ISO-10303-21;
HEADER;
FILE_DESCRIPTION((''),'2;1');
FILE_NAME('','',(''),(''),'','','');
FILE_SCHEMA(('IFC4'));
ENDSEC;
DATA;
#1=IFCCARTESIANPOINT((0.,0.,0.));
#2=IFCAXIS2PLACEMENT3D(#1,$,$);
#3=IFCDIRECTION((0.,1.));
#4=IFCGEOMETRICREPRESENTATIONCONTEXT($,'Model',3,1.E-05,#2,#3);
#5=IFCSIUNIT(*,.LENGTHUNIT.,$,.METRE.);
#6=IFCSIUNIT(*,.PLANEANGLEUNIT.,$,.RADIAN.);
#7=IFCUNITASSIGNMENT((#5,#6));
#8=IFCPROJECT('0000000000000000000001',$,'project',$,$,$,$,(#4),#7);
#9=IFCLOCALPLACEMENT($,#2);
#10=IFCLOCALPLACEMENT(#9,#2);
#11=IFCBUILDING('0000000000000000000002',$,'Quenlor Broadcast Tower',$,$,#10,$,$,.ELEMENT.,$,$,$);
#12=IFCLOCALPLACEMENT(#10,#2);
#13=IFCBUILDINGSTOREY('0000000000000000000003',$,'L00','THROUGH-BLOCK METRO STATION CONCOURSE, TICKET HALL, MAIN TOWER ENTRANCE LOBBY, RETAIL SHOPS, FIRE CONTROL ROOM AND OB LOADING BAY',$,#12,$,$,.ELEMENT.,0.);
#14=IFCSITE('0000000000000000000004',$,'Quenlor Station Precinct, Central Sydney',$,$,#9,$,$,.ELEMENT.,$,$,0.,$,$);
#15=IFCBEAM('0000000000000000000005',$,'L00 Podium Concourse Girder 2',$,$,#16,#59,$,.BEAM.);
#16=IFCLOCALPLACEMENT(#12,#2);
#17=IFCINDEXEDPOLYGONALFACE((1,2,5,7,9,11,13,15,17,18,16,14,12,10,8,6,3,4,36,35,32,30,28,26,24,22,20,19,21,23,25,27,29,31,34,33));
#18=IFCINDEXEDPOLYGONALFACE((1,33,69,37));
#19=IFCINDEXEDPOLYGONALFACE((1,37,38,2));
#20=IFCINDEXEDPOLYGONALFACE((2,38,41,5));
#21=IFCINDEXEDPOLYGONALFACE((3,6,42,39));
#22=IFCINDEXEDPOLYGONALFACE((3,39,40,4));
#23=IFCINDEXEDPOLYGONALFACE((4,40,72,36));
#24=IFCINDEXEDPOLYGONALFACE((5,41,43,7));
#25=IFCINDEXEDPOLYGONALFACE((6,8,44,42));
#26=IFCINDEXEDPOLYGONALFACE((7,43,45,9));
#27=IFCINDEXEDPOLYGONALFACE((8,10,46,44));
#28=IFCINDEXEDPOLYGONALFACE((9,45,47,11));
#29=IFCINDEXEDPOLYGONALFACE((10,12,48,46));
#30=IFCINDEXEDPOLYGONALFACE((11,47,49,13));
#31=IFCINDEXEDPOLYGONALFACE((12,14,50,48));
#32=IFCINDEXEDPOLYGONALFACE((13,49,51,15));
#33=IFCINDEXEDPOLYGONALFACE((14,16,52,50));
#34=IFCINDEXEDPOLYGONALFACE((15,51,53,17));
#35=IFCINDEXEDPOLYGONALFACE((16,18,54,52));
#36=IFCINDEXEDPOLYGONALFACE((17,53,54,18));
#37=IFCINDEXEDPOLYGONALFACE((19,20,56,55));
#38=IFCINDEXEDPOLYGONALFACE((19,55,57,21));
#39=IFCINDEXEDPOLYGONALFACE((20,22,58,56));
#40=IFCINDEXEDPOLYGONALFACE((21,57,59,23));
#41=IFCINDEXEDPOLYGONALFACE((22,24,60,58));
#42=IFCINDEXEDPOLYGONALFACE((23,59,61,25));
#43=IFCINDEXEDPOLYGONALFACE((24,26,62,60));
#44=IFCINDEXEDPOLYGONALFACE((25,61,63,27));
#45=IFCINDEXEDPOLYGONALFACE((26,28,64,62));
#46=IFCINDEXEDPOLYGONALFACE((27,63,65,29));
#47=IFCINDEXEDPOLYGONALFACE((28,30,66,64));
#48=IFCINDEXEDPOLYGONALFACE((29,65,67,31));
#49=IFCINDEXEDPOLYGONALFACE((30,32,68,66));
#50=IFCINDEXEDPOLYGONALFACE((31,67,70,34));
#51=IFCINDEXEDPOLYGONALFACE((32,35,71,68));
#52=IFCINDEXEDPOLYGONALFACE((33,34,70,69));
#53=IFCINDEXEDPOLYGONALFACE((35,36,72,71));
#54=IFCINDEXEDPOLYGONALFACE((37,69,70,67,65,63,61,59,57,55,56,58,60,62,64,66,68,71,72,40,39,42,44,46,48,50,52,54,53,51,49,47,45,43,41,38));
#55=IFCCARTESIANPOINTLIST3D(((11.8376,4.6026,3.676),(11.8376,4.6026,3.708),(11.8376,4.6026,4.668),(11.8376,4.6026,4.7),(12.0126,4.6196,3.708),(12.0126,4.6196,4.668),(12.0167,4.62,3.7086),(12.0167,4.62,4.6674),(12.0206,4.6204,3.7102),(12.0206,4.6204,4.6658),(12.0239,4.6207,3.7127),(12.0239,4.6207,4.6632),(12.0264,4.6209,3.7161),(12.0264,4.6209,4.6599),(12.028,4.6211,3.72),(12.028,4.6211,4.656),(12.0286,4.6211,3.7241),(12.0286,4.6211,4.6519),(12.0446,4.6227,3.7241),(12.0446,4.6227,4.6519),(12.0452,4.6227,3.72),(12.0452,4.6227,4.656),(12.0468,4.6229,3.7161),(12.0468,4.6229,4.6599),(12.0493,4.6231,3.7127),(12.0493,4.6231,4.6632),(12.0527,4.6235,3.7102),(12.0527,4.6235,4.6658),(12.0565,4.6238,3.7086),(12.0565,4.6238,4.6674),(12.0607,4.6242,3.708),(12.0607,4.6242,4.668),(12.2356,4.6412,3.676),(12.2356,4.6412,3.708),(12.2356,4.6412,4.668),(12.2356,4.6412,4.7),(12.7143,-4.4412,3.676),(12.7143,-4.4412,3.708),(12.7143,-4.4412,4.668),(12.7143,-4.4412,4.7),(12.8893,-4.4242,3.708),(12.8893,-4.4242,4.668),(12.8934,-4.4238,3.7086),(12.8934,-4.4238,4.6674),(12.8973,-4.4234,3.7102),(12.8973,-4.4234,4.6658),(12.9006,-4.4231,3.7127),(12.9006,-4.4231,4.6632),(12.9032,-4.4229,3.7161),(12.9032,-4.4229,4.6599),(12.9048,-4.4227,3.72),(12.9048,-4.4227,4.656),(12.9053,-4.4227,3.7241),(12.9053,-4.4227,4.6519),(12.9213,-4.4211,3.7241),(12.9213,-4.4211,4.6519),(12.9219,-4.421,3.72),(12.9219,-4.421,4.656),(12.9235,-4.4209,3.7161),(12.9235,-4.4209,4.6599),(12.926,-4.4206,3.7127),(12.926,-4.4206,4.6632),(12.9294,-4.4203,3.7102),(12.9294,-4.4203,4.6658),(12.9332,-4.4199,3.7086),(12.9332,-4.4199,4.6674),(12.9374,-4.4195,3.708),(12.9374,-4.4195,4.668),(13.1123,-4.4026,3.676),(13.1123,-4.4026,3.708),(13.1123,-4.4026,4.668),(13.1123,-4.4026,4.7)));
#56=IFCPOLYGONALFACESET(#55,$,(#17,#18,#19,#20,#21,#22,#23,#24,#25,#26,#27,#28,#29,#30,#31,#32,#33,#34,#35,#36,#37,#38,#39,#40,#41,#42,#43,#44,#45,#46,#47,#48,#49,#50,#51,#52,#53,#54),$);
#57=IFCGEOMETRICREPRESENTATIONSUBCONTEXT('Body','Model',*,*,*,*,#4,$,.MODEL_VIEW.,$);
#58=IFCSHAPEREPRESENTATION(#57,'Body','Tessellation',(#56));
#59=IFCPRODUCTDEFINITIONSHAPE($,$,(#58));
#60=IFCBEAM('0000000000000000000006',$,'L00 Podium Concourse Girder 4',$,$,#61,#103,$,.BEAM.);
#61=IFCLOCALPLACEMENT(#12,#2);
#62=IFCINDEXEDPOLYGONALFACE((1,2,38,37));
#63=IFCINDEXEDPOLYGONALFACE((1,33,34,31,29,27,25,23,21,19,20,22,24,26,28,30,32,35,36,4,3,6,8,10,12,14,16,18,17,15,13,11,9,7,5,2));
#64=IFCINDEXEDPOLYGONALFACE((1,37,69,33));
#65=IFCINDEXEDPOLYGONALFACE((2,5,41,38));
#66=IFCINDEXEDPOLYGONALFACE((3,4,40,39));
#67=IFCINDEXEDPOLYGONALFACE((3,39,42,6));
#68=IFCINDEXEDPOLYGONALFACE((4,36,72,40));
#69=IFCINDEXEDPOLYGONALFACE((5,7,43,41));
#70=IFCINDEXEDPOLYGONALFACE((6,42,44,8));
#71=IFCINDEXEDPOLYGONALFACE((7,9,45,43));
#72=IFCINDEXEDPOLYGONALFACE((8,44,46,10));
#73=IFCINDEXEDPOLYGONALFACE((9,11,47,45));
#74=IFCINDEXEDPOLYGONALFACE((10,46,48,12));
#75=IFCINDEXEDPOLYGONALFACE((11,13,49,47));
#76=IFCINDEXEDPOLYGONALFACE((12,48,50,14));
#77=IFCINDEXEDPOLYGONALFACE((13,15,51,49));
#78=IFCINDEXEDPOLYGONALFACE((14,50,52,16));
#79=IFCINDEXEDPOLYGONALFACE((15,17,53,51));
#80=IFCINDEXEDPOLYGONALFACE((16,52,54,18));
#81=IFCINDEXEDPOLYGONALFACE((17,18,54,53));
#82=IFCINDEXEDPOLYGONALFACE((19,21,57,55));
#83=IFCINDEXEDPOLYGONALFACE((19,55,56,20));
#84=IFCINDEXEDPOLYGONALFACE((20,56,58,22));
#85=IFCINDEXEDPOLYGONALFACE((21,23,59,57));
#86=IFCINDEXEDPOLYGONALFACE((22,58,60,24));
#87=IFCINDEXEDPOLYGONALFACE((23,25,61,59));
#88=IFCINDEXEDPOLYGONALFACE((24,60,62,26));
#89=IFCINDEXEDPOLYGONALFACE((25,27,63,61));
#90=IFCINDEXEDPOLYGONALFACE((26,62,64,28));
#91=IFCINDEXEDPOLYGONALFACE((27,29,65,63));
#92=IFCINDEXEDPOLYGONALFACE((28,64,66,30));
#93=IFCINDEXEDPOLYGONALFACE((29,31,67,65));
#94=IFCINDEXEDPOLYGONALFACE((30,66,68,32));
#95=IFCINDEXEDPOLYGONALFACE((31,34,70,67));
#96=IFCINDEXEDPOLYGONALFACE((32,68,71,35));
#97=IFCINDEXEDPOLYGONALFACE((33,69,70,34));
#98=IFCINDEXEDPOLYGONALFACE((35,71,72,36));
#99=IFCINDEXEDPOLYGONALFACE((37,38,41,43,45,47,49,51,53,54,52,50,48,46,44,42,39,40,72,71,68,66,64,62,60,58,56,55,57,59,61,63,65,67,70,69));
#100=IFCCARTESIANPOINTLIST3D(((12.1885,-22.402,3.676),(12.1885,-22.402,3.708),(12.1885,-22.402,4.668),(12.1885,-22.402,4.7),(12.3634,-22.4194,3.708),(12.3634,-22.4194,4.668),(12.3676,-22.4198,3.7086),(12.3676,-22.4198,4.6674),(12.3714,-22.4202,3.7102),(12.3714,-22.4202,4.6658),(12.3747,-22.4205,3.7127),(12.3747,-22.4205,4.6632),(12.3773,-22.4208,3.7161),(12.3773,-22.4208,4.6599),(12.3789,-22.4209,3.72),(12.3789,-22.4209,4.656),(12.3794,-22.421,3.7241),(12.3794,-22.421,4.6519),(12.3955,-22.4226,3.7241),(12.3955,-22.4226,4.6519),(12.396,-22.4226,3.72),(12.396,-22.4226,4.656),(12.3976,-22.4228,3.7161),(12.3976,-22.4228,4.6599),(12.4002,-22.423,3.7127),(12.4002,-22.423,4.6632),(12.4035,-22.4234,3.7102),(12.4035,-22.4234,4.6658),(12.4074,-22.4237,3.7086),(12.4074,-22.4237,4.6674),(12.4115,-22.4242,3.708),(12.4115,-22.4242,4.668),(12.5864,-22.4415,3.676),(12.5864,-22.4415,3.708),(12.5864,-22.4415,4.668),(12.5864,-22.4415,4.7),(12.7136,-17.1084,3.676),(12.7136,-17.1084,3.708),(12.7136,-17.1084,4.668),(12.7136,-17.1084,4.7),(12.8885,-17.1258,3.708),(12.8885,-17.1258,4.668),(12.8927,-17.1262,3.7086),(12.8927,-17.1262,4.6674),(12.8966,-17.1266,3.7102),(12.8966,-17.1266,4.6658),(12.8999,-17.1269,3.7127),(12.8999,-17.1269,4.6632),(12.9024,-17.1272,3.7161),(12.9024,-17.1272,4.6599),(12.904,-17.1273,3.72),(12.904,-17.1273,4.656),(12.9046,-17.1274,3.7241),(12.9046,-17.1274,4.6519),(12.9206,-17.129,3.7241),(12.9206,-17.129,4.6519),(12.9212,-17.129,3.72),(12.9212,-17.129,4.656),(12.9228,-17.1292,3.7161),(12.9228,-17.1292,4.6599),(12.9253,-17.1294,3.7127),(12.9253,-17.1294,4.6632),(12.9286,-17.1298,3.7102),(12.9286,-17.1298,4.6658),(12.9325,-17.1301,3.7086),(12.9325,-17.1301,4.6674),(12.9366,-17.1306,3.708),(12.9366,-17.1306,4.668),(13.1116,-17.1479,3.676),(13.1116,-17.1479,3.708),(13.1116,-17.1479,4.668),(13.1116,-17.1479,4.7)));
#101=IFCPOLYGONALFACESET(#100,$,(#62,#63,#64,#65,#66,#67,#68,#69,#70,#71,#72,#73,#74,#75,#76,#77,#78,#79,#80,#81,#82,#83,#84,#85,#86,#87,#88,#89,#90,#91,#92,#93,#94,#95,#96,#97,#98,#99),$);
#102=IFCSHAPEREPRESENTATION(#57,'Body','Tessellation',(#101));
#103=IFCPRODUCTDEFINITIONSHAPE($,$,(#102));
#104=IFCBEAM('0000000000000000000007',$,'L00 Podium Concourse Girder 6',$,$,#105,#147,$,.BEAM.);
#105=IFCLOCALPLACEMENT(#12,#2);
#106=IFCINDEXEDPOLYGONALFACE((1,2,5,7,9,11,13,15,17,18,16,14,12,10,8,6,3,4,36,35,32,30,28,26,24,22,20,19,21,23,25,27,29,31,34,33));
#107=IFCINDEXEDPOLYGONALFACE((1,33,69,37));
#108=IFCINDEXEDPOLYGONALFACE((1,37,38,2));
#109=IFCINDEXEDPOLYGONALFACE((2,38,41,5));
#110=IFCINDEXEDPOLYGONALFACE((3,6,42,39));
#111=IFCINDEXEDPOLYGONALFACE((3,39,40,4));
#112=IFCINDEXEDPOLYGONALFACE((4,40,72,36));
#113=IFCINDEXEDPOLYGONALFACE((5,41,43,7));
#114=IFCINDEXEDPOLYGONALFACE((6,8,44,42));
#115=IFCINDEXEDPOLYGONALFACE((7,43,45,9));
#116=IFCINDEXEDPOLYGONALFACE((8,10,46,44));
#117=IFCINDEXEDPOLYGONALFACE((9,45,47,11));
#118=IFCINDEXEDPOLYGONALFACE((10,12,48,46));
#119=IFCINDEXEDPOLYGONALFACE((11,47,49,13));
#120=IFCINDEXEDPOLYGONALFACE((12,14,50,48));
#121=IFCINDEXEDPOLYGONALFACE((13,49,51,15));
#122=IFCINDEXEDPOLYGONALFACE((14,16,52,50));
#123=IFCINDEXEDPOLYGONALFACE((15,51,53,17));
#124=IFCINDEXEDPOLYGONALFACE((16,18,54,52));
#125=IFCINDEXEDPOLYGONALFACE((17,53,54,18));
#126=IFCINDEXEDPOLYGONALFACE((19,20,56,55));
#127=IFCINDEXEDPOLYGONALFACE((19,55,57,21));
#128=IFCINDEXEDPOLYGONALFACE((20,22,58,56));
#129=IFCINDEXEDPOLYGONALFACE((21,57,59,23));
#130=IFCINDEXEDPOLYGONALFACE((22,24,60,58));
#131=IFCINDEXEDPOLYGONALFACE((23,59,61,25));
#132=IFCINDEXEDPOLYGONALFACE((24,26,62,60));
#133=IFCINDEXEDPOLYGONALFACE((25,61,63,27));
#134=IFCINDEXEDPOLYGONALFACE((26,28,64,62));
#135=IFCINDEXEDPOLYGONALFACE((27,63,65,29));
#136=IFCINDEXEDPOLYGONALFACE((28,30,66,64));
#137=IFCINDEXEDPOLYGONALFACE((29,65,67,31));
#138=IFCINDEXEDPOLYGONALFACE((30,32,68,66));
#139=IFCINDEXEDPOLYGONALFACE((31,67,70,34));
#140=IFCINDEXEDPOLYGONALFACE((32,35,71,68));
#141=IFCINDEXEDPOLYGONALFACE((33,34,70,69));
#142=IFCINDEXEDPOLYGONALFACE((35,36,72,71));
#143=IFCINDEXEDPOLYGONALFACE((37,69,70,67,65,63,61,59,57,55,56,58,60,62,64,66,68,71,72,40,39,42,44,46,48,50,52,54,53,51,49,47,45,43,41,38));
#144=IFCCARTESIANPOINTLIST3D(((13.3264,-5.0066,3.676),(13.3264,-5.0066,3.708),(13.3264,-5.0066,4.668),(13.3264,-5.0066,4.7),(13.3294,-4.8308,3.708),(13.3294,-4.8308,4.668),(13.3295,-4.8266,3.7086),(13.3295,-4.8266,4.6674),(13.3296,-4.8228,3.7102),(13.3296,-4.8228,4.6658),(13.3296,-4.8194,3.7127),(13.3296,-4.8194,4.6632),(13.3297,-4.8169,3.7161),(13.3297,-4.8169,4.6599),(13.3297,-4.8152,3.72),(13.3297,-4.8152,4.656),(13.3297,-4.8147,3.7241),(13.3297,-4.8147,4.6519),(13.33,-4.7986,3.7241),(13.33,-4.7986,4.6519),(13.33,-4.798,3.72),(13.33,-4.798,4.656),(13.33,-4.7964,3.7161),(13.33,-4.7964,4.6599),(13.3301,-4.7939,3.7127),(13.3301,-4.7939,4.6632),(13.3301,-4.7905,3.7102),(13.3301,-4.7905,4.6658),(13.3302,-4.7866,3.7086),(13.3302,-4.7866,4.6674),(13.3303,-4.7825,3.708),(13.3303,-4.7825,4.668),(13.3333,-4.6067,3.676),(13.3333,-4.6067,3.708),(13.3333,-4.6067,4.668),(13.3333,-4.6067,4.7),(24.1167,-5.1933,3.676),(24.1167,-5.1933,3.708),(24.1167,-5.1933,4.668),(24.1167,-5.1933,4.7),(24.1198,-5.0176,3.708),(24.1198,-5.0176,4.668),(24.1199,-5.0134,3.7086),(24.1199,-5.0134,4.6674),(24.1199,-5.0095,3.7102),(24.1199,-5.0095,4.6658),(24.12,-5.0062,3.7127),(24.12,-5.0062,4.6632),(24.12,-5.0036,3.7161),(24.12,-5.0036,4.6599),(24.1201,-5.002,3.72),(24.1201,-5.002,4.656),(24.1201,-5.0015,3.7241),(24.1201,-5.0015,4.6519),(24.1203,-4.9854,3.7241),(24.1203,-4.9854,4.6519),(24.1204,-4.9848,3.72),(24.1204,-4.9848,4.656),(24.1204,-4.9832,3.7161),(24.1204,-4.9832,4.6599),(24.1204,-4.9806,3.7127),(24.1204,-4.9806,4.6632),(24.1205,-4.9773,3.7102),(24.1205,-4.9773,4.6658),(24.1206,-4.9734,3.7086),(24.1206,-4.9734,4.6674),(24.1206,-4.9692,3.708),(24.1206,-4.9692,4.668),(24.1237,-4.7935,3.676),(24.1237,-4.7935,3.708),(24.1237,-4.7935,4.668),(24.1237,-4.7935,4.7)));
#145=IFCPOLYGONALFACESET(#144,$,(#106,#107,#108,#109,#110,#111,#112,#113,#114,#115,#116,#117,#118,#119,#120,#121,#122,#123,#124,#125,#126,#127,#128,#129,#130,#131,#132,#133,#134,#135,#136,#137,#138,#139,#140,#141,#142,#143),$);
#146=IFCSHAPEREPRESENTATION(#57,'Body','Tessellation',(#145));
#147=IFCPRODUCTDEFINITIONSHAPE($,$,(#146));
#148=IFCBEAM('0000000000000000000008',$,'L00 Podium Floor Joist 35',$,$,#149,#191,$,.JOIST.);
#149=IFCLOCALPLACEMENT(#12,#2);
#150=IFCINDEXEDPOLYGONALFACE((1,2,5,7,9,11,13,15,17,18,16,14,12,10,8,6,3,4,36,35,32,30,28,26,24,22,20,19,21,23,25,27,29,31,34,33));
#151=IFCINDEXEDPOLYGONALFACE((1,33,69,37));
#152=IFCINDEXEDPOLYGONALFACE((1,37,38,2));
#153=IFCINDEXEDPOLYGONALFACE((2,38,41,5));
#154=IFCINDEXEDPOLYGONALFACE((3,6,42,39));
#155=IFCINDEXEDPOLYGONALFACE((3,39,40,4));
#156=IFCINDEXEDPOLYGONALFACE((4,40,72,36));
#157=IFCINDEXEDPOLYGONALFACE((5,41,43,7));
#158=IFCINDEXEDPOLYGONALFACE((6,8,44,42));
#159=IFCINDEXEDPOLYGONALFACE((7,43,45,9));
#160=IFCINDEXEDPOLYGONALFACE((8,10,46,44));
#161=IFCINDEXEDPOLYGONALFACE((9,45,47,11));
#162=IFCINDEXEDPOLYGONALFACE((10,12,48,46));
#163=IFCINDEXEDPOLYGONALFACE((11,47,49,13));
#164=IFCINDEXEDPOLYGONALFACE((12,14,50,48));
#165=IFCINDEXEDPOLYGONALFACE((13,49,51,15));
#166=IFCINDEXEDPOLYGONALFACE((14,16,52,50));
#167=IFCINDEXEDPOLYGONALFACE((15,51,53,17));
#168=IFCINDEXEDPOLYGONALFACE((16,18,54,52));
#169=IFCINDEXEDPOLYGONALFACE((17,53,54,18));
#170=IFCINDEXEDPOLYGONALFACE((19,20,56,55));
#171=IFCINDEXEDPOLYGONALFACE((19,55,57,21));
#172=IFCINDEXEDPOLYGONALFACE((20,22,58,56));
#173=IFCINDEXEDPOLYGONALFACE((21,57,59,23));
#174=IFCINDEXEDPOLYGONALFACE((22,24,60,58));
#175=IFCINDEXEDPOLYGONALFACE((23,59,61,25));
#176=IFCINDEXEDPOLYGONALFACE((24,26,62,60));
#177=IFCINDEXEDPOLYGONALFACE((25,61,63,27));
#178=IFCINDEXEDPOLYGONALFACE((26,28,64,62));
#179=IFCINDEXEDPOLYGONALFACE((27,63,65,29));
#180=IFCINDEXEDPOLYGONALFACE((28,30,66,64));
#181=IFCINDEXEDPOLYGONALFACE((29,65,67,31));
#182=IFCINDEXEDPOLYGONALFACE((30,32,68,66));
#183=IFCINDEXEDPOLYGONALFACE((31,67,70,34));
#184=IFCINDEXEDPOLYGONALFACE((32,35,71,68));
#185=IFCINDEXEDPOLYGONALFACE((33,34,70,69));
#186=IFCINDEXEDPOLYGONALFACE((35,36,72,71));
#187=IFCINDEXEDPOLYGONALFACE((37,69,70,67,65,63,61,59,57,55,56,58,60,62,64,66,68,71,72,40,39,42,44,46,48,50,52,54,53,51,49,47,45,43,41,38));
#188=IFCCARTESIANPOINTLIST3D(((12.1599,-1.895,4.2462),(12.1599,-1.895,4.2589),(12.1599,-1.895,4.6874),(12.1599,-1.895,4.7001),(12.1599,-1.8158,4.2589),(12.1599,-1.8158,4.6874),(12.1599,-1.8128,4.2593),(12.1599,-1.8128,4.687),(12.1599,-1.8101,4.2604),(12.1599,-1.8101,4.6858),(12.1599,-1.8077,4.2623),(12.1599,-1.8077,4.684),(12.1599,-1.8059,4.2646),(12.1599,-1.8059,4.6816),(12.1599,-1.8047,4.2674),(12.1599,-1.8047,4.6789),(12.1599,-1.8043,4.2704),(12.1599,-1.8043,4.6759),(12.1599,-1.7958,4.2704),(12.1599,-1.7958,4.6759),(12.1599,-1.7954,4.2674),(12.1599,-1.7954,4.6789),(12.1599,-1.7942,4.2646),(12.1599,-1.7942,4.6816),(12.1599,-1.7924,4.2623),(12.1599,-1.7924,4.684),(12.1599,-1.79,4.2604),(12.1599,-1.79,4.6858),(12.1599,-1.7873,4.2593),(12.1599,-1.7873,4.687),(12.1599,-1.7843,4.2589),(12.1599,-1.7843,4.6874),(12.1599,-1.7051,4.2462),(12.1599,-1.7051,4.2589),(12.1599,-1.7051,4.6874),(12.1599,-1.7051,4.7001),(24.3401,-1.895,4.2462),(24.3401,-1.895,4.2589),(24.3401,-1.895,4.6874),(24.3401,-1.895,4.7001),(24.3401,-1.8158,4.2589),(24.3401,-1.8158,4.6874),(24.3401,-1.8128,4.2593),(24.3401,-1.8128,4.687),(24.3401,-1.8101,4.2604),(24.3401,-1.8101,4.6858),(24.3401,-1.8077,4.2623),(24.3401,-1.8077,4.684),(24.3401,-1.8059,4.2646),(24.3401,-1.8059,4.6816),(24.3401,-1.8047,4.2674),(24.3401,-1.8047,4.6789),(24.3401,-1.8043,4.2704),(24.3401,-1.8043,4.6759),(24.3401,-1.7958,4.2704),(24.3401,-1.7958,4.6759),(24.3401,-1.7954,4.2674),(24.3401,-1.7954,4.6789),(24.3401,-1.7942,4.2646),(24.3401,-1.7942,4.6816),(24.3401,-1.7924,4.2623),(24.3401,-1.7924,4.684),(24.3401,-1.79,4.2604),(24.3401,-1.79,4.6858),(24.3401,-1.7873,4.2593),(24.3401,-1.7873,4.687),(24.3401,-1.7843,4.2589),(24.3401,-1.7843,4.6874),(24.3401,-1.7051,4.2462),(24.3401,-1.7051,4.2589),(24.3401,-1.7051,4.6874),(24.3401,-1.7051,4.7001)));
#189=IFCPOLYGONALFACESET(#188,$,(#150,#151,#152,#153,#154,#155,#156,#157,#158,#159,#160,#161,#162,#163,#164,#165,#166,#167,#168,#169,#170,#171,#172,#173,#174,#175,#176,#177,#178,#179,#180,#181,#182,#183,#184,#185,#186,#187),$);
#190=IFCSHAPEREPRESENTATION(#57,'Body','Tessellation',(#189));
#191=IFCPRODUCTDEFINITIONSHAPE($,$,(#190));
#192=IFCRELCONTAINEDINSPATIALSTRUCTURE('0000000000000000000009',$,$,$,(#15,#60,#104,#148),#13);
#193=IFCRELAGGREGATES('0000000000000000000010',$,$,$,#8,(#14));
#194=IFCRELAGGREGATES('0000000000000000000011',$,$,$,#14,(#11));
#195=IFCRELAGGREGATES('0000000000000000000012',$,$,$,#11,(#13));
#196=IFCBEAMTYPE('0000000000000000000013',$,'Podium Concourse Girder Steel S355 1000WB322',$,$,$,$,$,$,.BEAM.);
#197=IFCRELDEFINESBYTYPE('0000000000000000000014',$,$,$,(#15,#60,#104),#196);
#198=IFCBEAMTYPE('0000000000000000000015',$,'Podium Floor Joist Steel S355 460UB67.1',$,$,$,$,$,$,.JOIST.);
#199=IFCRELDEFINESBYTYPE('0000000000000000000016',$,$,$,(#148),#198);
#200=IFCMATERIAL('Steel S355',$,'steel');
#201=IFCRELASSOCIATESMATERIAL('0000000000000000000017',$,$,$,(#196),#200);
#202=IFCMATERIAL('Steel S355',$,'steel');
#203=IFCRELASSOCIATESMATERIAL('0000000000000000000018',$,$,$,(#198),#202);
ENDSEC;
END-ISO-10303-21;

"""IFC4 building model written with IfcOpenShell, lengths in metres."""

from ifc_helpers import new_model, si_unit, direction, frame, origin, origin_2d, place, context, subcontext, project, spatial, i_section, extrude, material, material_profile, profile_set, type_object, element, save


model = new_model("IFC4")

# Units and contexts
model_context = context("Model", 3, precision=1e-05, world=origin(), true_north=direction((0.0, 1.0)))
body_context = subcontext(model_context, "Body", "Model", "MODEL_VIEW")
ifc_project = project(units=[si_unit("LENGTHUNIT", "METRE"), si_unit("PLANEANGLEUNIT", "RADIAN")], contexts=[model_context])

# Site, building, storey
site_placement = place(None, origin())
site = spatial("IfcSite", under=ifc_project, at=site_placement, Name="Quenlor Station Precinct, Central Sydney", CompositionType="ELEMENT", RefElevation=0.0)
building_placement = place(site_placement, origin())
building = spatial("IfcBuilding", under=site, at=building_placement, Name="Quenlor Broadcast Tower", CompositionType="ELEMENT")
storey_placement = place(building_placement, origin())
storey = spatial("IfcBuildingStorey", under=building, at=storey_placement, Name="L00", Description="THROUGH-BLOCK METRO STATION CONCOURSE, TICKET HALL, MAIN TOWER ENTRANCE LOBBY, RETAIL SHOPS, FIRE CONTROL ROOM AND OB LOADING BAY", CompositionType="ELEMENT", Elevation=0.0)

# Beams
ifc_material_1 = material(Name="Steel S355", Category="steel")
ifc_material_profile_1 = material_profile(ifc_material_1, i_section(OverallWidth=0.3999, OverallDepth=1.0239, WebThickness=0.0161, FlangeThickness=0.032, FilletRadius=0.0161, at=origin_2d()))
ifc_profile_set_1 = profile_set([ifc_material_profile_1], Name="Steel S355 1000WB322")
beam_type_1 = type_object("IfcBeamType", Name="Podium Concourse Girder Steel S355 1000WB322", PredefinedType="BEAM", material=ifc_profile_set_1)
beam_1_placement = place(storey_placement, frame((12.9133, -4.4219, 4.188), z_axis=(-0.096489, 0.995334, 0.0), x_axis=(-0.995334, -0.096489, 0.0)))
element("IfcBeam", 1, at=beam_1_placement, inside=storey, type_object=beam_type_1, Name="L00 Podium Concourse Girder 2", PredefinedType="BEAM", context=body_context, shape_type="SweptSolid", body=[
    extrude(i_section(OverallWidth=0.3999, OverallDepth=1.0239, WebThickness=0.0161, FlangeThickness=0.032, FilletRadius=0.0161, at=origin_2d()), origin(), (0.0, 0.0, 1.0), 9.0862),
])
beam_2_placement = place(storey_placement, frame((12.9126, -17.1282, 4.188), z_axis=(-0.098718, -0.995115, 0.0), x_axis=(0.995115, -0.098718, 0.0)))
element("IfcBeam", 2, at=beam_2_placement, inside=storey, type_object=beam_type_1, Name="L00 Podium Concourse Girder 4", PredefinedType="BEAM", context=body_context, shape_type="SweptSolid", body=[
    extrude(i_section(OverallWidth=0.3999, OverallDepth=1.0239, WebThickness=0.0161, FlangeThickness=0.032, FilletRadius=0.0161, at=origin_2d()), origin(), (0.0, 0.0, 1.0), 5.3196),
])
beam_3_placement = place(storey_placement, frame((13.3298, -4.8066, 4.188), z_axis=(0.99985, -0.017306, 0.0), x_axis=(0.017306, 0.99985, 0.0)))
element("IfcBeam", 3, at=beam_3_placement, inside=storey, type_object=beam_type_1, Name="L00 Podium Concourse Girder 6", PredefinedType="BEAM", context=body_context, shape_type="SweptSolid", body=[
    extrude(i_section(OverallWidth=0.3999, OverallDepth=1.0239, WebThickness=0.0161, FlangeThickness=0.032, FilletRadius=0.0161, at=origin_2d()), origin(), (0.0, 0.0, 1.0), 10.792),
])
ifc_material_2 = material(Name="Steel S355", Category="steel")
ifc_material_profile_2 = material_profile(ifc_material_2, i_section(OverallWidth=0.1899, OverallDepth=0.4539, WebThickness=0.0085, FlangeThickness=0.0127, FilletRadius=0.0115, at=origin_2d()))
ifc_profile_set_2 = profile_set([ifc_material_profile_2], Name="Steel S355 460UB67.1")
beam_type_2 = type_object("IfcBeamType", Name="Podium Floor Joist Steel S355 460UB67.1", PredefinedType="JOIST", material=ifc_profile_set_2)
beam_4_placement = place(storey_placement, frame((12.1599, -1.8, 4.4731), z_axis=(1.0, 0.0, 0.0), x_axis=(0.0, 1.0, 0.0)))
element("IfcBeam", 4, at=beam_4_placement, inside=storey, type_object=beam_type_2, Name="L00 Podium Floor Joist 35", PredefinedType="JOIST", context=body_context, shape_type="SweptSolid", body=[
    extrude(i_section(OverallWidth=0.1899, OverallDepth=0.4539, WebThickness=0.0085, FlangeThickness=0.0127, FilletRadius=0.0115, at=origin_2d()), origin(), (0.0, 0.0, 1.0), 12.1802),
])

save(model, "model.ifc")
